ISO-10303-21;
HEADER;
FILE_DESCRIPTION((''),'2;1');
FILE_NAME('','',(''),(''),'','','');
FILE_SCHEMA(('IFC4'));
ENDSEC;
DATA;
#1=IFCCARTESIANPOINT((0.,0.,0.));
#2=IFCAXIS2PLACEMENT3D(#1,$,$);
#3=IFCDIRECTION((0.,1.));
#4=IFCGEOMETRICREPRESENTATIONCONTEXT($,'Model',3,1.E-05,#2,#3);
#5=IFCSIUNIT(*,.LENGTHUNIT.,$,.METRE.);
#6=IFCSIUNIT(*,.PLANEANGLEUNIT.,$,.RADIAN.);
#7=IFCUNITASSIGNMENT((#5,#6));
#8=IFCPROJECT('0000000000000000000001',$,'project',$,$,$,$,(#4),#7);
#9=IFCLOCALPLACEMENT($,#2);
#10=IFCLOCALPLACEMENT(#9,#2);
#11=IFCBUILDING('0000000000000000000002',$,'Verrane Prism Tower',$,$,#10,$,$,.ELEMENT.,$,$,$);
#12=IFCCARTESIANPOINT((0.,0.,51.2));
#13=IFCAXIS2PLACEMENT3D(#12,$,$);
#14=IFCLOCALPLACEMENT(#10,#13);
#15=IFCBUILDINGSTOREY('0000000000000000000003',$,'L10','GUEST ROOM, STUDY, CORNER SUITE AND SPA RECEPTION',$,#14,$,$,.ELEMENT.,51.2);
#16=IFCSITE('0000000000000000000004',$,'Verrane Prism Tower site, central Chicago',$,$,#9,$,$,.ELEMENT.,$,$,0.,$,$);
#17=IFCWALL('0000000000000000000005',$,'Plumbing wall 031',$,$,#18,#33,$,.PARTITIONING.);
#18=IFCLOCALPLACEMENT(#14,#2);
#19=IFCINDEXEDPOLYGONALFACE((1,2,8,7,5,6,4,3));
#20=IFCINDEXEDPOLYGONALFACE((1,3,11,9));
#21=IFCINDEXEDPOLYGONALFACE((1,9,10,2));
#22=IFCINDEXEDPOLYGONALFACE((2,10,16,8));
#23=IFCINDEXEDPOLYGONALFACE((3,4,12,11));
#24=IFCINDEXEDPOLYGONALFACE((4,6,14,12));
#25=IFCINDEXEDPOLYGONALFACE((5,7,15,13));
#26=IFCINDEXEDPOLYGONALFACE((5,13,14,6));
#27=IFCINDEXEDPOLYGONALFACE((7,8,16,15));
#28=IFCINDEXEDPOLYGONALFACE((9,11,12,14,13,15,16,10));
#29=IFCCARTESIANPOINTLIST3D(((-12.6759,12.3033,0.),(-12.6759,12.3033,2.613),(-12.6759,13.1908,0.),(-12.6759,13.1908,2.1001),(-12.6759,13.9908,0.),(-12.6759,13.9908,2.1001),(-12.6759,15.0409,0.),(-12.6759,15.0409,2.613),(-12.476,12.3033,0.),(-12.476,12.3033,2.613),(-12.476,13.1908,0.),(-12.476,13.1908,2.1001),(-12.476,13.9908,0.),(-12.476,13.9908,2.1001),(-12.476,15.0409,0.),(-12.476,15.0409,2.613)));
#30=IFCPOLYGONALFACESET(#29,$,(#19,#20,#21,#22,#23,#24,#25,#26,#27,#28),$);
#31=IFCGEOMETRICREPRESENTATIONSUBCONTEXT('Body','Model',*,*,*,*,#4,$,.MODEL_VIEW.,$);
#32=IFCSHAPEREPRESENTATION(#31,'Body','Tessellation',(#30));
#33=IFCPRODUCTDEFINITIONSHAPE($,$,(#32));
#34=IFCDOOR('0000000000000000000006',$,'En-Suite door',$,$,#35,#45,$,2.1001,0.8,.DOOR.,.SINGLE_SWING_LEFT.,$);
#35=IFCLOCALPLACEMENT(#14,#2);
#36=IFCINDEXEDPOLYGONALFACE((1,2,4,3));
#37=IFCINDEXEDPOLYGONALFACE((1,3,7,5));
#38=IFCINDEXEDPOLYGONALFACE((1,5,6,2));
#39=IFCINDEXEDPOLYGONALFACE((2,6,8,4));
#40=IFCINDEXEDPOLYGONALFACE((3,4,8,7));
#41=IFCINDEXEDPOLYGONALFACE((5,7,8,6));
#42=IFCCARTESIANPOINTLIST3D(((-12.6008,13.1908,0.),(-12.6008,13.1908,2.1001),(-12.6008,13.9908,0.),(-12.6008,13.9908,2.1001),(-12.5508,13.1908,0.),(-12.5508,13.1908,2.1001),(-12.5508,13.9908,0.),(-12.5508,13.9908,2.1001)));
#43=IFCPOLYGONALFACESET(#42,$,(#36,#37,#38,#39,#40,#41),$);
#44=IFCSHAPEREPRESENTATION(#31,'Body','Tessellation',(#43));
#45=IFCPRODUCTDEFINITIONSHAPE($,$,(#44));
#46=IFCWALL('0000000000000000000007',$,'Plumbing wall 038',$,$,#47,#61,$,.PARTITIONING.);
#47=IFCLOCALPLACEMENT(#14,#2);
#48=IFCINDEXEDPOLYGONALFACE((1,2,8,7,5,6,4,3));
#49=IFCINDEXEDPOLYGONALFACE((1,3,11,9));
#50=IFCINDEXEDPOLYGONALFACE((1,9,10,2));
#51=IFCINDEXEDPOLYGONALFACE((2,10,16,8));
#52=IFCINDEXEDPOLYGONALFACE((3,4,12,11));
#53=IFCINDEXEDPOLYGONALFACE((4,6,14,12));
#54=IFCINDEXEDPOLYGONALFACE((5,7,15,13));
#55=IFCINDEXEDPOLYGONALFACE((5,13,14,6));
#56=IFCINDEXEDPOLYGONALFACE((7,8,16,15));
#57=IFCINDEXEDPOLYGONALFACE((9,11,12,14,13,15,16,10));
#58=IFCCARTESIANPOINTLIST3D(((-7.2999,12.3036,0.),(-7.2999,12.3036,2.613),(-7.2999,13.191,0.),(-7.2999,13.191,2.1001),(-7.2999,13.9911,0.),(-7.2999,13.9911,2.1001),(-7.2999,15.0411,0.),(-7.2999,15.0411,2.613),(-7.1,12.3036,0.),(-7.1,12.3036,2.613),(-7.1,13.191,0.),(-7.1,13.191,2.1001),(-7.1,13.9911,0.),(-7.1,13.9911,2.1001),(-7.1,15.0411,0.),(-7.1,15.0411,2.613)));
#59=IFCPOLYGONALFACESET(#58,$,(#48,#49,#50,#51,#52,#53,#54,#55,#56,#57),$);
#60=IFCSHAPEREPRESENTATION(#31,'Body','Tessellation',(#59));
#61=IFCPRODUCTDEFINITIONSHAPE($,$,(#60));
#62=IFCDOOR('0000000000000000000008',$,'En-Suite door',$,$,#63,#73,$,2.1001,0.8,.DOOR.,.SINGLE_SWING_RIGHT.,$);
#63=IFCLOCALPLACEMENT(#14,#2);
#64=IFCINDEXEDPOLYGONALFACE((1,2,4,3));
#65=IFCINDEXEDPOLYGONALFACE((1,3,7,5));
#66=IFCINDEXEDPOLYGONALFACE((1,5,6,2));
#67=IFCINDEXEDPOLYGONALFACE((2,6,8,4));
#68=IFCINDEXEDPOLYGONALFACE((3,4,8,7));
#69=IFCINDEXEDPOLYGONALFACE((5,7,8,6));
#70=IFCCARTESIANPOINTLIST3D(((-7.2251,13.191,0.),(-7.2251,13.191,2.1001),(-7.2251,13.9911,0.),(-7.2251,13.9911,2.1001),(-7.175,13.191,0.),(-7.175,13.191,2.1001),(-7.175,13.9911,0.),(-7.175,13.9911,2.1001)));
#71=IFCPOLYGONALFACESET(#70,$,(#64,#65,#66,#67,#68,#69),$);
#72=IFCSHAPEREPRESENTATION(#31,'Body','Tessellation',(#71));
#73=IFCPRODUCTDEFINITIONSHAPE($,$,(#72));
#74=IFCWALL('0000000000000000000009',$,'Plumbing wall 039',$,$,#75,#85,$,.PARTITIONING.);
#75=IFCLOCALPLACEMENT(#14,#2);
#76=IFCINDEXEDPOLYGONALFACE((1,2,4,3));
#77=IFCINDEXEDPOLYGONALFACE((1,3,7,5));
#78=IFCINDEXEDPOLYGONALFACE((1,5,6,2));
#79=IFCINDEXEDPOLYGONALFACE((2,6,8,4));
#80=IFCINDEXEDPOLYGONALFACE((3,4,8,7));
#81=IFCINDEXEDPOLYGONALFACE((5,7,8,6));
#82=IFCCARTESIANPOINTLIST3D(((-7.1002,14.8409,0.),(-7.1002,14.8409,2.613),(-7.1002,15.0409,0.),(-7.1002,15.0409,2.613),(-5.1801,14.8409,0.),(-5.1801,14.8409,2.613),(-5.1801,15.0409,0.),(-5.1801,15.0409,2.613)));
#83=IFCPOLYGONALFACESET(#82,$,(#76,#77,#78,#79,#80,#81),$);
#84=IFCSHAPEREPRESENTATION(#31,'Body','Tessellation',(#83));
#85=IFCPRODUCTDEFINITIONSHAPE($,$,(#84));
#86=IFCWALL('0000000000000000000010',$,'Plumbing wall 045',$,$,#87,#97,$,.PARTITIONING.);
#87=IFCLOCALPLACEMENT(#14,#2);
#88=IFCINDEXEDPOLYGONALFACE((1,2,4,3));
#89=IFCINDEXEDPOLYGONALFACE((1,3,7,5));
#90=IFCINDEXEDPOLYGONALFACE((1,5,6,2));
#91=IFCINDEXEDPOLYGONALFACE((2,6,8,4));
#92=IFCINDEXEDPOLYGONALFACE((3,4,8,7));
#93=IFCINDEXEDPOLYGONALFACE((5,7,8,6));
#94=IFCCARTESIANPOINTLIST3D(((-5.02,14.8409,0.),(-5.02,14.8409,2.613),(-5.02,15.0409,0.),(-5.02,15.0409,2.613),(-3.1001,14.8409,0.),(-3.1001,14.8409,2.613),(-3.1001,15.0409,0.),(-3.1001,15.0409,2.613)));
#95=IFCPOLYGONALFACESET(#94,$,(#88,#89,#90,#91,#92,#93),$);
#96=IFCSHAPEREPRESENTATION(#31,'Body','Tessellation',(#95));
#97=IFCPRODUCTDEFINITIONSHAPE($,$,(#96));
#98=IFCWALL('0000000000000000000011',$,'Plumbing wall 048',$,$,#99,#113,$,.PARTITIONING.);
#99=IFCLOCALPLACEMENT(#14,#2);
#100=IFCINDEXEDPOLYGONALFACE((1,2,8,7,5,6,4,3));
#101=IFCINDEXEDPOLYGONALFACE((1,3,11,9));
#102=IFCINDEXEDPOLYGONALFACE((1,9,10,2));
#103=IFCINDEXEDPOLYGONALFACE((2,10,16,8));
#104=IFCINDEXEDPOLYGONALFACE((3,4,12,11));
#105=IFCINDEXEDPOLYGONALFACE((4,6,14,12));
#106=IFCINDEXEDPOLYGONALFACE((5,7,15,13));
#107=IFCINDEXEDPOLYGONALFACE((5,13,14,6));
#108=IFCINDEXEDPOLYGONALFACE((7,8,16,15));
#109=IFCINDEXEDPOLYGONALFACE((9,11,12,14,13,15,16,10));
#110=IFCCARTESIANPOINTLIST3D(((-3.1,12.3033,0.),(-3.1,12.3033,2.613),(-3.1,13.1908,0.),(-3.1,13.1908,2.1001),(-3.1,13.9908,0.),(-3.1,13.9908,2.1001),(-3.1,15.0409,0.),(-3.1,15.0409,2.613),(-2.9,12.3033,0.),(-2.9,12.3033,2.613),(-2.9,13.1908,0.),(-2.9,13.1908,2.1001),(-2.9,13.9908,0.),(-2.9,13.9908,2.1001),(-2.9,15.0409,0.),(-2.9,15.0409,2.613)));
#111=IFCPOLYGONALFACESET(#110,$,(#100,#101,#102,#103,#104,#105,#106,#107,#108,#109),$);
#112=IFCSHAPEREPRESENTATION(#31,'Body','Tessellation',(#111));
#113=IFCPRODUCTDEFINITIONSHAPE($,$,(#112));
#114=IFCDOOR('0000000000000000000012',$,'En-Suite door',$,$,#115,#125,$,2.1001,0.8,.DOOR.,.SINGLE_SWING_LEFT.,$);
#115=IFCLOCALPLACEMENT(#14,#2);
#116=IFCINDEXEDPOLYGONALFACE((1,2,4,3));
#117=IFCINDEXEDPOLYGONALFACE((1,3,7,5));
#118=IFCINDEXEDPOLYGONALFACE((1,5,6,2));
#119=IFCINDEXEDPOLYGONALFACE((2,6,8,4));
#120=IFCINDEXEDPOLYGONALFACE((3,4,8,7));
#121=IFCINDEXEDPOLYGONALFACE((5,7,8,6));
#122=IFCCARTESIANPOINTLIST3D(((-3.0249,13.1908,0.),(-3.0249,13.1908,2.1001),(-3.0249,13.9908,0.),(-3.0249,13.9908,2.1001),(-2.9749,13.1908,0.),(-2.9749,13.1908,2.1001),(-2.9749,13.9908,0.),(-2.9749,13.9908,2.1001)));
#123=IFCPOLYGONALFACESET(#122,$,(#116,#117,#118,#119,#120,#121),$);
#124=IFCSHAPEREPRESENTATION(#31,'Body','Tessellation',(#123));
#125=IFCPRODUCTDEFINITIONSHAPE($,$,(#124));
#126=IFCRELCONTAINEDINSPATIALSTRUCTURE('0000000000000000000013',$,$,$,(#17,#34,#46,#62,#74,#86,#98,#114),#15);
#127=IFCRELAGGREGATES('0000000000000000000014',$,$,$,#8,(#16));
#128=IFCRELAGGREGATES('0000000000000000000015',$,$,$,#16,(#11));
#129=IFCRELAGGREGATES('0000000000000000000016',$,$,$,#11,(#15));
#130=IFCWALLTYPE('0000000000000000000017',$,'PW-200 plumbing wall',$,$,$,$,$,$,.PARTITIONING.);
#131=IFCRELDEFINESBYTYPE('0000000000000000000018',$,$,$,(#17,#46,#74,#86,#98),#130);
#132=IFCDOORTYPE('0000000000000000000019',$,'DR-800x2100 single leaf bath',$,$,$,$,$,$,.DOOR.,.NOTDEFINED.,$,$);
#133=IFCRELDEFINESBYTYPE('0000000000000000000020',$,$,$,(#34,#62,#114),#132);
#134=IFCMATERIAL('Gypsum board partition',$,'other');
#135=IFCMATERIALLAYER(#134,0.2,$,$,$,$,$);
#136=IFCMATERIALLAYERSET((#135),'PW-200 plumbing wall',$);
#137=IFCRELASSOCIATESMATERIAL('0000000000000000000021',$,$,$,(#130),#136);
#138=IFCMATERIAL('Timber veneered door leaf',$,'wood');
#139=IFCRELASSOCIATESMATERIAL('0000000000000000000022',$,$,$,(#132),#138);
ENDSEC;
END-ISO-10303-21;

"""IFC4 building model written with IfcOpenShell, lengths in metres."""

from ifc_helpers import new_model, si_unit, direction, frame, frame_2d, origin, place, context, subcontext, project, spatial, rectangle, extrude, material, layer, layer_set, type_object, element, fill, save


model = new_model("IFC4")

# Units and contexts
model_context = context("Model", 3, precision=1e-05, world=origin(), true_north=direction((0.0, 1.0)))
body_context = subcontext(model_context, "Body", "Model", "MODEL_VIEW")
ifc_project = project(units=[si_unit("LENGTHUNIT", "METRE"), si_unit("PLANEANGLEUNIT", "RADIAN")], contexts=[model_context])

# Site, building, storey
site_placement = place(None, origin())
site = spatial("IfcSite", under=ifc_project, at=site_placement, Name="Verrane Prism Tower site, central Chicago", CompositionType="ELEMENT", RefElevation=0.0)
building_placement = place(site_placement, origin())
building = spatial("IfcBuilding", under=site, at=building_placement, Name="Verrane Prism Tower", CompositionType="ELEMENT")
storey_placement = place(building_placement, frame((0.0, 0.0, 51.2)))
storey = spatial("IfcBuildingStorey", under=building, at=storey_placement, Name="L10", Description="GUEST ROOM, STUDY, CORNER SUITE AND SPA RECEPTION", CompositionType="ELEMENT", Elevation=51.2)

# Shared definitions
ifc_material_1 = material(Name="Gypsum board partition", Category="other")
ifc_layer_1 = layer(ifc_material_1, 0.2)
ifc_layer_set_1 = layer_set([ifc_layer_1], Name="PW-200 plumbing wall")
wall_type_1 = type_object("IfcWallType", Name="PW-200 plumbing wall", PredefinedType="PARTITIONING", material=ifc_layer_set_1)

# Walls, openings, doors
wall_1_placement = place(storey_placement, frame((-12.5759, 12.3035, 0.0), z_axis=(0.0, 0.0, 1.0), x_axis=(0.0, 1.0, 0.0)))
wall_1 = element("IfcWall", 1, at=wall_1_placement, inside=storey, type_object=wall_type_1, Name="Plumbing wall 031", PredefinedType="PARTITIONING", context=body_context, shape_type="SweptSolid", body=[
    extrude(rectangle(XDim=2.7375, YDim=0.2, at=frame_2d((1.3687, 0.0))), origin(), (0.0, 0.0, 1.0), 2.613),
])
opening_1_placement = place(wall_1_placement, frame((0.8875, 0.0, 0.0)))
opening_1 = element("IfcOpeningElement", 2, at=opening_1_placement, cuts=wall_1, PredefinedType="OPENING", context=body_context, shape_type="SweptSolid", body=[
    extrude(rectangle(XDim=0.8, YDim=2.1001, at=frame_2d((0.3999, 1.05))), frame((0.0, 0.1099, 0.0), z_axis=(0.0, -1.0, 0.0), x_axis=(1.0, 0.0, 0.0)), (0.0, 0.0, 1.0), 0.22),
])
ifc_material_2 = material(Name="Timber veneered door leaf", Category="wood")
door_type = type_object("IfcDoorType", Name="DR-800x2100 single leaf bath", OperationType="NOTDEFINED", PredefinedType="DOOR", material=ifc_material_2)
door_1_placement = place(opening_1_placement, origin())
door_1 = element("IfcDoor", 3, at=door_1_placement, inside=storey, type_object=door_type, Name="En-Suite door", OperationType="SINGLE_SWING_LEFT", OverallHeight=2.1001, OverallWidth=0.8, PredefinedType="DOOR", context=body_context, shape_type="SweptSolid", body=[
    extrude(rectangle(XDim=0.8, YDim=2.1001, at=frame_2d((0.3999, 1.05))), frame((0.0, 0.0249, 0.0), z_axis=(0.0, -1.0, 0.0), x_axis=(1.0, 0.0, 0.0)), (0.0, 0.0, 1.0), 0.05),
])
fill(opening_1, door_1)
wall_2_placement = place(storey_placement, frame((-7.2, 15.041, 0.0), z_axis=(0.0, 0.0, 1.0), x_axis=(0.0, -1.0, 0.0)))
wall_2 = element("IfcWall", 4, at=wall_2_placement, inside=storey, type_object=wall_type_1, Name="Plumbing wall 038", PredefinedType="PARTITIONING", context=body_context, shape_type="SweptSolid", body=[
    extrude(rectangle(XDim=2.7375, YDim=0.2, at=frame_2d((1.3687, 0.0))), origin(), (0.0, 0.0, 1.0), 2.613),
])
opening_2_placement = place(wall_2_placement, frame((1.05, 0.0, 0.0)))
opening_2 = element("IfcOpeningElement", 5, at=opening_2_placement, cuts=wall_2, PredefinedType="OPENING", context=body_context, shape_type="SweptSolid", body=[
    extrude(rectangle(XDim=0.8, YDim=2.1001, at=frame_2d((0.3999, 1.05))), frame((0.0, 0.1099, 0.0), z_axis=(0.0, -1.0, 0.0), x_axis=(1.0, 0.0, 0.0)), (0.0, 0.0, 1.0), 0.22),
])
door_2_placement = place(opening_2_placement, origin())
door_2 = element("IfcDoor", 6, at=door_2_placement, inside=storey, type_object=door_type, Name="En-Suite door", OperationType="SINGLE_SWING_RIGHT", OverallHeight=2.1001, OverallWidth=0.8, PredefinedType="DOOR", context=body_context, shape_type="SweptSolid", body=[
    extrude(rectangle(XDim=0.8, YDim=2.1001, at=frame_2d((0.3999, 1.05))), frame((0.0, 0.0249, 0.0), z_axis=(0.0, -1.0, 0.0), x_axis=(1.0, 0.0, 0.0)), (0.0, 0.0, 1.0), 0.05),
])
fill(opening_2, door_2)

# Walls
wall_3_placement = place(storey_placement, frame((-7.1001, 14.9409, 0.0), z_axis=(0.0, 0.0, 1.0), x_axis=(1.0, 0.0, 0.0)))
element("IfcWall", 7, at=wall_3_placement, inside=storey, type_object=wall_type_1, Name="Plumbing wall 039", PredefinedType="PARTITIONING", context=body_context, shape_type="SweptSolid", body=[
    extrude(rectangle(XDim=1.9202, YDim=0.2, at=frame_2d((0.96, 0.0))), origin(), (0.0, 0.0, 1.0), 2.613),
])
wall_4_placement = place(storey_placement, frame((-5.02, 14.9409, 0.0), z_axis=(0.0, 0.0, 1.0), x_axis=(1.0, 0.0, 0.0)))
element("IfcWall", 8, at=wall_4_placement, inside=storey, type_object=wall_type_1, Name="Plumbing wall 045", PredefinedType="PARTITIONING", context=body_context, shape_type="SweptSolid", body=[
    extrude(rectangle(XDim=1.9199, YDim=0.2, at=frame_2d((0.96, 0.0))), origin(), (0.0, 0.0, 1.0), 2.613),
])

# Wall, opening, door
wall_5_placement = place(storey_placement, frame((-3.0, 12.3035, 0.0), z_axis=(0.0, 0.0, 1.0), x_axis=(0.0, 1.0, 0.0)))
wall_5 = element("IfcWall", 9, at=wall_5_placement, inside=storey, type_object=wall_type_1, Name="Plumbing wall 048", PredefinedType="PARTITIONING", context=body_context, shape_type="SweptSolid", body=[
    extrude(rectangle(XDim=2.7375, YDim=0.2, at=frame_2d((1.3687, 0.0))), origin(), (0.0, 0.0, 1.0), 2.613),
])
opening_3_placement = place(wall_5_placement, frame((0.8875, 0.0, 0.0)))
opening_3 = element("IfcOpeningElement", 10, at=opening_3_placement, cuts=wall_5, PredefinedType="OPENING", context=body_context, shape_type="SweptSolid", body=[
    extrude(rectangle(XDim=0.8, YDim=2.1001, at=frame_2d((0.3999, 1.05))), frame((0.0, 0.1099, 0.0), z_axis=(0.0, -1.0, 0.0), x_axis=(1.0, 0.0, 0.0)), (0.0, 0.0, 1.0), 0.22),
])
door_3_placement = place(opening_3_placement, origin())
door_3 = element("IfcDoor", 11, at=door_3_placement, inside=storey, type_object=door_type, Name="En-Suite door", OperationType="SINGLE_SWING_LEFT", OverallHeight=2.1001, OverallWidth=0.8, PredefinedType="DOOR", context=body_context, shape_type="SweptSolid", body=[
    extrude(rectangle(XDim=0.8, YDim=2.1001, at=frame_2d((0.3999, 1.05))), frame((0.0, 0.0249, 0.0), z_axis=(0.0, -1.0, 0.0), x_axis=(1.0, 0.0, 0.0)), (0.0, 0.0, 1.0), 0.05),
])
fill(opening_3, door_3)

save(model, "model.ifc")
